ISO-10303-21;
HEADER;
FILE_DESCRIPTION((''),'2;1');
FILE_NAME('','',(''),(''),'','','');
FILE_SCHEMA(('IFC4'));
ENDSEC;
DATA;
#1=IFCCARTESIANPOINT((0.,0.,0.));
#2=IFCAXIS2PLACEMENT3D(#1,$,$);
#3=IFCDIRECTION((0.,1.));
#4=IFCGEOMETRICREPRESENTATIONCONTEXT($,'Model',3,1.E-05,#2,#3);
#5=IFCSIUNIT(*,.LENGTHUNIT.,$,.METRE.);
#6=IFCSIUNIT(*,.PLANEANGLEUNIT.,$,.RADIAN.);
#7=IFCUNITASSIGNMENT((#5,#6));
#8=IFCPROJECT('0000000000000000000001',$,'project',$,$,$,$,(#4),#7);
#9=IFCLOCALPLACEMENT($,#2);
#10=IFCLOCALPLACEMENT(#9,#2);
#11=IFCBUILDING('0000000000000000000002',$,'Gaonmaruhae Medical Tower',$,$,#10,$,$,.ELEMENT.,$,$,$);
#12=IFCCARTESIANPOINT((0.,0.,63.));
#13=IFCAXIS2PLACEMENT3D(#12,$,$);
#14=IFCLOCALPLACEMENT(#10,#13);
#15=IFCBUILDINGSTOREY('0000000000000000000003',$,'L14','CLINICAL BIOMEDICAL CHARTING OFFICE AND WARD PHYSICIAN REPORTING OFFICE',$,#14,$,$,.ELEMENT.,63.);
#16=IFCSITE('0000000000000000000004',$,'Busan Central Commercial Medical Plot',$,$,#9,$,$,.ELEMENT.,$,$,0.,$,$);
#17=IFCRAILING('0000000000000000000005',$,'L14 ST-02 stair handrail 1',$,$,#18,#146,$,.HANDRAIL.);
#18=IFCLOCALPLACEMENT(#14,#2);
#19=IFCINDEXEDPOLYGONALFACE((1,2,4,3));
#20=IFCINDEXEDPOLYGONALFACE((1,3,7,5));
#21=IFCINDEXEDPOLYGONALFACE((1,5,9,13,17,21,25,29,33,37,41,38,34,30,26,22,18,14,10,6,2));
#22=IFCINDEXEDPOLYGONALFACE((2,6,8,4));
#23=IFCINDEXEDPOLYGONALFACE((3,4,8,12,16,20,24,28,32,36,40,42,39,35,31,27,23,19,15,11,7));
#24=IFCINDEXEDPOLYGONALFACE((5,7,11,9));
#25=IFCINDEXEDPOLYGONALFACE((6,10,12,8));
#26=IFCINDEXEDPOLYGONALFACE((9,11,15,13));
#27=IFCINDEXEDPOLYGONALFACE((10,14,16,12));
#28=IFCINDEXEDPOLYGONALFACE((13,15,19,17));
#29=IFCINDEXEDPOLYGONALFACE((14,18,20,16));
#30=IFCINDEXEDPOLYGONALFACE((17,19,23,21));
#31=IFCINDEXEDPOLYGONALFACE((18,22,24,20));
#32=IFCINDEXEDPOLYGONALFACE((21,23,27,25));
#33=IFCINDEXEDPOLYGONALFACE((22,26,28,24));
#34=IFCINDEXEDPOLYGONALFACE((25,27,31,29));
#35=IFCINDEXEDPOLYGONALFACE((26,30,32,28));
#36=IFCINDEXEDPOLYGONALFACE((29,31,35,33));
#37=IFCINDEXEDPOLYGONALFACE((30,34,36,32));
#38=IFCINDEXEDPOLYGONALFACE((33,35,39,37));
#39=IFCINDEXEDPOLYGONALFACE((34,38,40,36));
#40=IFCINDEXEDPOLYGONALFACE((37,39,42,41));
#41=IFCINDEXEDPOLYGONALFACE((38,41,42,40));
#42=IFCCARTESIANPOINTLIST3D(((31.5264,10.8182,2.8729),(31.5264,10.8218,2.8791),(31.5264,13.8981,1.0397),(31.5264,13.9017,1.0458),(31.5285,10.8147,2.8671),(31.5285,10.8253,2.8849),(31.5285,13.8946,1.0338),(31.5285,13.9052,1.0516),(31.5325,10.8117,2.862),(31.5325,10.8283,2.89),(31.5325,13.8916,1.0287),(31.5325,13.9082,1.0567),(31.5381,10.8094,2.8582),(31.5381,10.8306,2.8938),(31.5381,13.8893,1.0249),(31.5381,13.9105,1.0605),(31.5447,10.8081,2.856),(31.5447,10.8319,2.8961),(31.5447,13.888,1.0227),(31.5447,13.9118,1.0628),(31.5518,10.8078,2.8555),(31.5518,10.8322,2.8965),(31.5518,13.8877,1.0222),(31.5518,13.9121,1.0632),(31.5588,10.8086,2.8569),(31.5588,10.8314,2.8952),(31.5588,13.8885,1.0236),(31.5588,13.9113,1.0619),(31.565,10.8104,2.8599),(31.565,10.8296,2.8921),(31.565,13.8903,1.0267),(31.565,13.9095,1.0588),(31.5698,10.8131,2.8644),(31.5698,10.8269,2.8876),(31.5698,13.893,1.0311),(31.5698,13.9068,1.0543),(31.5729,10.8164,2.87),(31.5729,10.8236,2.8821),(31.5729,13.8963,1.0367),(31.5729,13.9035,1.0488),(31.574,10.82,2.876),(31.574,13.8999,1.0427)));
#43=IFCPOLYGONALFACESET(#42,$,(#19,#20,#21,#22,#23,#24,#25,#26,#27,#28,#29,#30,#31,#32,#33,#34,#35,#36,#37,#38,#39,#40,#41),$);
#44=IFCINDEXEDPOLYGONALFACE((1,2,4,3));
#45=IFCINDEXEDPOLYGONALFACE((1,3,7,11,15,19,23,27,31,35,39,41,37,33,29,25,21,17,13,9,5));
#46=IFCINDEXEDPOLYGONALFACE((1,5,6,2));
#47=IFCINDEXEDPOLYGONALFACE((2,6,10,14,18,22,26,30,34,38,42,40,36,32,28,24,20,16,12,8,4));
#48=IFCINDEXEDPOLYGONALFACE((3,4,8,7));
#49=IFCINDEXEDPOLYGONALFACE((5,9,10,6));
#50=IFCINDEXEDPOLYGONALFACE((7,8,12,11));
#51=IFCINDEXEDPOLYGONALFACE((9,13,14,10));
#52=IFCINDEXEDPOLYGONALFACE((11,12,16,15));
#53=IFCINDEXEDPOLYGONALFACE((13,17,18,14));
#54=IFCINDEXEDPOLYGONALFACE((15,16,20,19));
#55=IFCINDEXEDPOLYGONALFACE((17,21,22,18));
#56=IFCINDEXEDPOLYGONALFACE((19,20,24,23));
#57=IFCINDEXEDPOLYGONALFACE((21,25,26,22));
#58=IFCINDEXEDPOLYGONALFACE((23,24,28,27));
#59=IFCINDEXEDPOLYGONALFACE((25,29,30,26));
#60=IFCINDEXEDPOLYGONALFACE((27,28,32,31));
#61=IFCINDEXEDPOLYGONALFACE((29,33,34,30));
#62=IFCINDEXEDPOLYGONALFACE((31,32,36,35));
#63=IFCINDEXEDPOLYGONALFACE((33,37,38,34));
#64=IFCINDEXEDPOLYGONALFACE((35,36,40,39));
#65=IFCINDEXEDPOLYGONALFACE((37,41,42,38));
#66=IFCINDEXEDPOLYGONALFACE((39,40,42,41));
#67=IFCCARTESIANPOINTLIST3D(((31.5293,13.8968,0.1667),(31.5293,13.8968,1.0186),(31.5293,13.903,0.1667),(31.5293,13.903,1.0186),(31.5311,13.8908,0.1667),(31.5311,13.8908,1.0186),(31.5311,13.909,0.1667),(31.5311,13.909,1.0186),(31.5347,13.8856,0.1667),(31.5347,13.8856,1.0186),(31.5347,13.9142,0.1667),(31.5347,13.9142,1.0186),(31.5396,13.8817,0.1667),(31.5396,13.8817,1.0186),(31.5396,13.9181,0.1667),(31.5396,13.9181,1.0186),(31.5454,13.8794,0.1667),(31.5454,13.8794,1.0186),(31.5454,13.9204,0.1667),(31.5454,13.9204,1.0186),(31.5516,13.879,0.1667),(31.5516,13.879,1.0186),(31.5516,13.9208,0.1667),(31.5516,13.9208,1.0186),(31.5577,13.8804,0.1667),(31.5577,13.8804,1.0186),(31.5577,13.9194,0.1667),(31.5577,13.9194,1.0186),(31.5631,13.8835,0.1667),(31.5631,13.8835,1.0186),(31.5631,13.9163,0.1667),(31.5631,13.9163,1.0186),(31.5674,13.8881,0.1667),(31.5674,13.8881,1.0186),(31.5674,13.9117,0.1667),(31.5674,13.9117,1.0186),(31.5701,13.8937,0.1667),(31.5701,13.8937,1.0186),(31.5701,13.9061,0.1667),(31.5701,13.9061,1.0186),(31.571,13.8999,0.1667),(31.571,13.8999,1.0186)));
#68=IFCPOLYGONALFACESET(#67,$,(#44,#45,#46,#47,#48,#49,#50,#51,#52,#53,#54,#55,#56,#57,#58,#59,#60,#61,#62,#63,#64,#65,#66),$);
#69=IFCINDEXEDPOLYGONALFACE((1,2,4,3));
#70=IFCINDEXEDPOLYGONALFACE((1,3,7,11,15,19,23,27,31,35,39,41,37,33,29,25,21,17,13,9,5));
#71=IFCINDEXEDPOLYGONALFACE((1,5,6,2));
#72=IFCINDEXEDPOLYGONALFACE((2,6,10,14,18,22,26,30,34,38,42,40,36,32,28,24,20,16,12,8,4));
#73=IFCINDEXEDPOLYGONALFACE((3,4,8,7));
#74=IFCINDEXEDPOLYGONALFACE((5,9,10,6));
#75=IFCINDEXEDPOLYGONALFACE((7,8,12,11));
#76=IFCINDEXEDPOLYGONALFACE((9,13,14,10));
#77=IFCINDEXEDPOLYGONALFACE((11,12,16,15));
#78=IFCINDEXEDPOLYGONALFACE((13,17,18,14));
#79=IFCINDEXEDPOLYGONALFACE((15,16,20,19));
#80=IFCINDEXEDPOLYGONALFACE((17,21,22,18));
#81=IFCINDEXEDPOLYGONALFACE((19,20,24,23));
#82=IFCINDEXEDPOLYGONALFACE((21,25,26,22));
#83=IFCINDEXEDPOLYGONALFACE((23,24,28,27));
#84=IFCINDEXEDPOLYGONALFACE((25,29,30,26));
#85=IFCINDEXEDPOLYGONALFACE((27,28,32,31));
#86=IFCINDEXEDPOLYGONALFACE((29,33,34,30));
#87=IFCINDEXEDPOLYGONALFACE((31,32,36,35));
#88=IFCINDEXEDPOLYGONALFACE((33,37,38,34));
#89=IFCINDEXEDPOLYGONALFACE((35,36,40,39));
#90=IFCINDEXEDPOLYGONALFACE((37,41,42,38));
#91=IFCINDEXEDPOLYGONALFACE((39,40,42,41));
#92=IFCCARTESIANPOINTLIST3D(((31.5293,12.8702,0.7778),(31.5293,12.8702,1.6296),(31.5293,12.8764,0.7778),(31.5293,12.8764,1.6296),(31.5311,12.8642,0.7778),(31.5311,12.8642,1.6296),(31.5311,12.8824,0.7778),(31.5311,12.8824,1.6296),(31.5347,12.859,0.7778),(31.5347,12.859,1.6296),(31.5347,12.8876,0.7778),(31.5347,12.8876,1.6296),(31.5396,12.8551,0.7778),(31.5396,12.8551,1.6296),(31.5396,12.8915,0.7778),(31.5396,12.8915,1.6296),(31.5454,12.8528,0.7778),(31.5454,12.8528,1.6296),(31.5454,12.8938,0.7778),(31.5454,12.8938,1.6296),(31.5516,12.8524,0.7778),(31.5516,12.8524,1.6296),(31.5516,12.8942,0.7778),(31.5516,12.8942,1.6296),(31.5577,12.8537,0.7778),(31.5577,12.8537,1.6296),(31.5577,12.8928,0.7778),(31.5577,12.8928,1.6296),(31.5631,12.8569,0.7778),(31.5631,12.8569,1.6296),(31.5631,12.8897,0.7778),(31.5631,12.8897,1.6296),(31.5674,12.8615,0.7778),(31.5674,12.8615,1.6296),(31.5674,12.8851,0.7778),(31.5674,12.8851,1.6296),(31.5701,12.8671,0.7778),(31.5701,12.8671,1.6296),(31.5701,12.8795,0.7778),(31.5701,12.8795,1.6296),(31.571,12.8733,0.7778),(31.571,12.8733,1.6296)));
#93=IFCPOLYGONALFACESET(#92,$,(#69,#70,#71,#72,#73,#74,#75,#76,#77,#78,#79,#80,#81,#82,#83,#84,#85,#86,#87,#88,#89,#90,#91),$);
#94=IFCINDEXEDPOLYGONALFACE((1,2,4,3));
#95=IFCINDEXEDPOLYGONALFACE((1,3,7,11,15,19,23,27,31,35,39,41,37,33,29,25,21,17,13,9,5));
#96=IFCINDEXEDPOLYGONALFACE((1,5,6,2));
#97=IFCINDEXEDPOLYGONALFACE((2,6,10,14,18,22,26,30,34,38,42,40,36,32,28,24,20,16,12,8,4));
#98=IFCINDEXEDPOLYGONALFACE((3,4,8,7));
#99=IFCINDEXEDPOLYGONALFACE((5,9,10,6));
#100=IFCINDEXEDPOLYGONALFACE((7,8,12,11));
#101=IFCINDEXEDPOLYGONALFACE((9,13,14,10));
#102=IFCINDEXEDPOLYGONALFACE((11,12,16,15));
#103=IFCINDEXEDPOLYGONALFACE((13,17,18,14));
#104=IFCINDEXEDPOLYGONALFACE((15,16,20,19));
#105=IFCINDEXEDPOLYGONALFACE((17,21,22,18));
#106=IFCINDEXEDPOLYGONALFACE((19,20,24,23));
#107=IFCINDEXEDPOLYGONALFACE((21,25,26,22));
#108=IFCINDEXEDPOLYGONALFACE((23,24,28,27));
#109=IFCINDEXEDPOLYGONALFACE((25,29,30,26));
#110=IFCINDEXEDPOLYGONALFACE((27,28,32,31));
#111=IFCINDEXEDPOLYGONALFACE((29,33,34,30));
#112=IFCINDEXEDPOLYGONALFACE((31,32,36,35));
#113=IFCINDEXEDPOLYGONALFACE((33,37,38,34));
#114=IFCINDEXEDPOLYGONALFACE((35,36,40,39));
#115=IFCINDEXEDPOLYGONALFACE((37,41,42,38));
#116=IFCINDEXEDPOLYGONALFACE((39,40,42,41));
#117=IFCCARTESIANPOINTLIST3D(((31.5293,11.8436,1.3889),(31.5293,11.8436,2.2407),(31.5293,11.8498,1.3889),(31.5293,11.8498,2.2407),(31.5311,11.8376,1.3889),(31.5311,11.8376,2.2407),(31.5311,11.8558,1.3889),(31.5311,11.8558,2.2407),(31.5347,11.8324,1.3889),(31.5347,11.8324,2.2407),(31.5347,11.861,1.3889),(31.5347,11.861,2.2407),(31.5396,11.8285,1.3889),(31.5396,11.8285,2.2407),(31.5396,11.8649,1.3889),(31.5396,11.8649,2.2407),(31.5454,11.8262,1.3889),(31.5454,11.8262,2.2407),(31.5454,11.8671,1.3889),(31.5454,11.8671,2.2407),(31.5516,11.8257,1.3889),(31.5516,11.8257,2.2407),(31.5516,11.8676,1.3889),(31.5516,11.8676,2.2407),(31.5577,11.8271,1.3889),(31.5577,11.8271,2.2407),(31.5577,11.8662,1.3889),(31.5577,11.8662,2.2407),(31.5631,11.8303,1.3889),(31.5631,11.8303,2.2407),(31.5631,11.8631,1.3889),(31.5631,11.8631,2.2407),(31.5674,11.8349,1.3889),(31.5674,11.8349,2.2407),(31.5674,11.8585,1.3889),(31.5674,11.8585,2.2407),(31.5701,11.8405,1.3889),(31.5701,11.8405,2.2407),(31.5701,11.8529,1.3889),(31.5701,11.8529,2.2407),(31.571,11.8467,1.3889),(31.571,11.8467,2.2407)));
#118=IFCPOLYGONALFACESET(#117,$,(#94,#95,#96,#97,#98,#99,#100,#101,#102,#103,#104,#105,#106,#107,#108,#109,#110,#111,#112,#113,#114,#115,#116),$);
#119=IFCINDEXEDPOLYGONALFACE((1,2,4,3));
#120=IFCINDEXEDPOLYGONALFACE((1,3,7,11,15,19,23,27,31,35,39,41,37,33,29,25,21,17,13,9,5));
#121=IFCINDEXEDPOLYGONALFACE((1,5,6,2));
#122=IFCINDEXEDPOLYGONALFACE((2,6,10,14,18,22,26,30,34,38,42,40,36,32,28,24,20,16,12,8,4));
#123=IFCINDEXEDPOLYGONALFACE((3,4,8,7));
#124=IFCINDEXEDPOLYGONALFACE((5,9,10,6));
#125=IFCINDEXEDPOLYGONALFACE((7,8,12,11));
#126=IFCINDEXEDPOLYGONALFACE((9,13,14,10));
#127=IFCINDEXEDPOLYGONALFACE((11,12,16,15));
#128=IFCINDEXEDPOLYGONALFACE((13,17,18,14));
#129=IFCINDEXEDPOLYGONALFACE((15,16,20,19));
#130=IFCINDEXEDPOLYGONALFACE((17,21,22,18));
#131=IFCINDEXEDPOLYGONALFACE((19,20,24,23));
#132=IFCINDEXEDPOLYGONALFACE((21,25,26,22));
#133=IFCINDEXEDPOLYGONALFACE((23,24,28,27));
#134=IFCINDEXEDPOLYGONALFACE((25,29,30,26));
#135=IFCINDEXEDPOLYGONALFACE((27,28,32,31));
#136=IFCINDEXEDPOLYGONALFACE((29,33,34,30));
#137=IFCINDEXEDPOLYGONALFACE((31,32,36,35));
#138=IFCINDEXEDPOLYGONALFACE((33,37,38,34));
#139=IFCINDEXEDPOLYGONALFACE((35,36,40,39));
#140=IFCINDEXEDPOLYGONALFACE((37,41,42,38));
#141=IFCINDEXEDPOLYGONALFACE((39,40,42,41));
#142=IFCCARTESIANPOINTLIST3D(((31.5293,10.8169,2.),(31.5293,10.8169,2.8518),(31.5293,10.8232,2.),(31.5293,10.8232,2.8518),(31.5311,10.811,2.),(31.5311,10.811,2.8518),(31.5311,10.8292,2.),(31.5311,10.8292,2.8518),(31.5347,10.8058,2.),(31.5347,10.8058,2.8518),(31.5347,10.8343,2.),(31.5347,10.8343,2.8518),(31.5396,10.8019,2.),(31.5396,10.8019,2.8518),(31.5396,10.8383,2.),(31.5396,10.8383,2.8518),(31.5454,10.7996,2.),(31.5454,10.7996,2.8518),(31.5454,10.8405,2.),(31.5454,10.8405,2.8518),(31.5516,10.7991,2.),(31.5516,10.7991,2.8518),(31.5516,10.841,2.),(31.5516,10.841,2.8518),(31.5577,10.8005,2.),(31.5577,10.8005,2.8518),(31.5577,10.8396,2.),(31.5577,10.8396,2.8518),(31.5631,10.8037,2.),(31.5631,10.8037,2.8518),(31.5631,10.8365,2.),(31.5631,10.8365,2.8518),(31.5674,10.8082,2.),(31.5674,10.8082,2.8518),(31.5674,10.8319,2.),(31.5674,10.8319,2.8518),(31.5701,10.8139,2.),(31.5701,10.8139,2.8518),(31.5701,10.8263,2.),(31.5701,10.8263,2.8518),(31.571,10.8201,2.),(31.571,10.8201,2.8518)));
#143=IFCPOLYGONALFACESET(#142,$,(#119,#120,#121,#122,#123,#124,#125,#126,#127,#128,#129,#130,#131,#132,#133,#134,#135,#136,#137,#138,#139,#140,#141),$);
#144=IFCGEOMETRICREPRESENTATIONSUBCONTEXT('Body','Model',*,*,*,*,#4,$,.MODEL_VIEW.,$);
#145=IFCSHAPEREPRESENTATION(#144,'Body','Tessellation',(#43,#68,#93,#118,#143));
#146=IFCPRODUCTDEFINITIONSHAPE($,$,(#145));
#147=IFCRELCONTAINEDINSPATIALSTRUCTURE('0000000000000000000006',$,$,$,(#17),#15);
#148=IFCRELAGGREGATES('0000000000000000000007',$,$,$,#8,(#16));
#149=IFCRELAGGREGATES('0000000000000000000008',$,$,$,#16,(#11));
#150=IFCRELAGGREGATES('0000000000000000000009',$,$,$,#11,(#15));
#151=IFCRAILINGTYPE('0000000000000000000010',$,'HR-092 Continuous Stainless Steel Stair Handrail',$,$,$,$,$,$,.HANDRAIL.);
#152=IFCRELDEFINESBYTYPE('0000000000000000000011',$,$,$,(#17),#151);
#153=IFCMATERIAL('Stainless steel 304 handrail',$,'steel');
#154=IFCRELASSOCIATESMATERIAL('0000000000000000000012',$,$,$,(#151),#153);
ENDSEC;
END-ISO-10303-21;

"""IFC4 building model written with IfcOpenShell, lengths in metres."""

from ifc_helpers import new_model, si_unit, direction, frame, origin, origin_2d, place, context, subcontext, project, spatial, circle, extrude, material, type_object, element, save


model = new_model("IFC4")

# Units and contexts
model_context = context("Model", 3, precision=1e-05, world=origin(), true_north=direction((0.0, 1.0)))
body_context = subcontext(model_context, "Body", "Model", "MODEL_VIEW")
ifc_project = project(units=[si_unit("LENGTHUNIT", "METRE"), si_unit("PLANEANGLEUNIT", "RADIAN")], contexts=[model_context])

# Site, building, storey
site_placement = place(None, origin())
site = spatial("IfcSite", under=ifc_project, at=site_placement, Name="Busan Central Commercial Medical Plot", CompositionType="ELEMENT", RefElevation=0.0)
building_placement = place(site_placement, origin())
building = spatial("IfcBuilding", under=site, at=building_placement, Name="Gaonmaruhae Medical Tower", CompositionType="ELEMENT")
storey_placement = place(building_placement, frame((0.0, 0.0, 63.0)))
storey = spatial("IfcBuildingStorey", under=building, at=storey_placement, Name="L14", Description="CLINICAL BIOMEDICAL CHARTING OFFICE AND WARD PHYSICIAN REPORTING OFFICE", CompositionType="ELEMENT", Elevation=63.0)

# Railing
ifc_material_1 = material(Name="Stainless steel 304 handrail", Category="steel")
railing_type_1 = type_object("IfcRailingType", Name="HR-092 Continuous Stainless Steel Stair Handrail", PredefinedType="HANDRAIL", material=ifc_material_1)
railing_1_placement = place(storey_placement, frame((31.55, 13.8999, 0.1667)))
element("IfcRailing", 1, at=railing_1_placement, inside=storey, type_object=railing_type_1, Name="L14 ST-02 stair handrail 1", PredefinedType="HANDRAIL", context=body_context, shape_type="SweptSolid", body=[
    extrude(circle(Radius=0.0239, at=origin_2d()), frame((0.0, 0.0, 0.876), z_axis=(0.0, -0.859291, 0.511487), x_axis=(1.0, 0.0, 0.0)), (0.0, 0.0, 1.0), 3.5842),
    extrude(circle(Radius=0.021, at=origin_2d()), origin(), (0.0, 0.0, 1.0), 0.8518),
    extrude(circle(Radius=0.021, at=origin_2d()), frame((0.0, -1.0266, 0.6111)), (0.0, 0.0, 1.0), 0.8518),
    extrude(circle(Radius=0.021, at=origin_2d()), frame((0.0, -2.0532, 1.2222)), (0.0, 0.0, 1.0), 0.8518),
    extrude(circle(Radius=0.021, at=origin_2d()), frame((0.0, -3.0798, 1.8333)), (0.0, 0.0, 1.0), 0.8518),
])

save(model, "model.ifc")
